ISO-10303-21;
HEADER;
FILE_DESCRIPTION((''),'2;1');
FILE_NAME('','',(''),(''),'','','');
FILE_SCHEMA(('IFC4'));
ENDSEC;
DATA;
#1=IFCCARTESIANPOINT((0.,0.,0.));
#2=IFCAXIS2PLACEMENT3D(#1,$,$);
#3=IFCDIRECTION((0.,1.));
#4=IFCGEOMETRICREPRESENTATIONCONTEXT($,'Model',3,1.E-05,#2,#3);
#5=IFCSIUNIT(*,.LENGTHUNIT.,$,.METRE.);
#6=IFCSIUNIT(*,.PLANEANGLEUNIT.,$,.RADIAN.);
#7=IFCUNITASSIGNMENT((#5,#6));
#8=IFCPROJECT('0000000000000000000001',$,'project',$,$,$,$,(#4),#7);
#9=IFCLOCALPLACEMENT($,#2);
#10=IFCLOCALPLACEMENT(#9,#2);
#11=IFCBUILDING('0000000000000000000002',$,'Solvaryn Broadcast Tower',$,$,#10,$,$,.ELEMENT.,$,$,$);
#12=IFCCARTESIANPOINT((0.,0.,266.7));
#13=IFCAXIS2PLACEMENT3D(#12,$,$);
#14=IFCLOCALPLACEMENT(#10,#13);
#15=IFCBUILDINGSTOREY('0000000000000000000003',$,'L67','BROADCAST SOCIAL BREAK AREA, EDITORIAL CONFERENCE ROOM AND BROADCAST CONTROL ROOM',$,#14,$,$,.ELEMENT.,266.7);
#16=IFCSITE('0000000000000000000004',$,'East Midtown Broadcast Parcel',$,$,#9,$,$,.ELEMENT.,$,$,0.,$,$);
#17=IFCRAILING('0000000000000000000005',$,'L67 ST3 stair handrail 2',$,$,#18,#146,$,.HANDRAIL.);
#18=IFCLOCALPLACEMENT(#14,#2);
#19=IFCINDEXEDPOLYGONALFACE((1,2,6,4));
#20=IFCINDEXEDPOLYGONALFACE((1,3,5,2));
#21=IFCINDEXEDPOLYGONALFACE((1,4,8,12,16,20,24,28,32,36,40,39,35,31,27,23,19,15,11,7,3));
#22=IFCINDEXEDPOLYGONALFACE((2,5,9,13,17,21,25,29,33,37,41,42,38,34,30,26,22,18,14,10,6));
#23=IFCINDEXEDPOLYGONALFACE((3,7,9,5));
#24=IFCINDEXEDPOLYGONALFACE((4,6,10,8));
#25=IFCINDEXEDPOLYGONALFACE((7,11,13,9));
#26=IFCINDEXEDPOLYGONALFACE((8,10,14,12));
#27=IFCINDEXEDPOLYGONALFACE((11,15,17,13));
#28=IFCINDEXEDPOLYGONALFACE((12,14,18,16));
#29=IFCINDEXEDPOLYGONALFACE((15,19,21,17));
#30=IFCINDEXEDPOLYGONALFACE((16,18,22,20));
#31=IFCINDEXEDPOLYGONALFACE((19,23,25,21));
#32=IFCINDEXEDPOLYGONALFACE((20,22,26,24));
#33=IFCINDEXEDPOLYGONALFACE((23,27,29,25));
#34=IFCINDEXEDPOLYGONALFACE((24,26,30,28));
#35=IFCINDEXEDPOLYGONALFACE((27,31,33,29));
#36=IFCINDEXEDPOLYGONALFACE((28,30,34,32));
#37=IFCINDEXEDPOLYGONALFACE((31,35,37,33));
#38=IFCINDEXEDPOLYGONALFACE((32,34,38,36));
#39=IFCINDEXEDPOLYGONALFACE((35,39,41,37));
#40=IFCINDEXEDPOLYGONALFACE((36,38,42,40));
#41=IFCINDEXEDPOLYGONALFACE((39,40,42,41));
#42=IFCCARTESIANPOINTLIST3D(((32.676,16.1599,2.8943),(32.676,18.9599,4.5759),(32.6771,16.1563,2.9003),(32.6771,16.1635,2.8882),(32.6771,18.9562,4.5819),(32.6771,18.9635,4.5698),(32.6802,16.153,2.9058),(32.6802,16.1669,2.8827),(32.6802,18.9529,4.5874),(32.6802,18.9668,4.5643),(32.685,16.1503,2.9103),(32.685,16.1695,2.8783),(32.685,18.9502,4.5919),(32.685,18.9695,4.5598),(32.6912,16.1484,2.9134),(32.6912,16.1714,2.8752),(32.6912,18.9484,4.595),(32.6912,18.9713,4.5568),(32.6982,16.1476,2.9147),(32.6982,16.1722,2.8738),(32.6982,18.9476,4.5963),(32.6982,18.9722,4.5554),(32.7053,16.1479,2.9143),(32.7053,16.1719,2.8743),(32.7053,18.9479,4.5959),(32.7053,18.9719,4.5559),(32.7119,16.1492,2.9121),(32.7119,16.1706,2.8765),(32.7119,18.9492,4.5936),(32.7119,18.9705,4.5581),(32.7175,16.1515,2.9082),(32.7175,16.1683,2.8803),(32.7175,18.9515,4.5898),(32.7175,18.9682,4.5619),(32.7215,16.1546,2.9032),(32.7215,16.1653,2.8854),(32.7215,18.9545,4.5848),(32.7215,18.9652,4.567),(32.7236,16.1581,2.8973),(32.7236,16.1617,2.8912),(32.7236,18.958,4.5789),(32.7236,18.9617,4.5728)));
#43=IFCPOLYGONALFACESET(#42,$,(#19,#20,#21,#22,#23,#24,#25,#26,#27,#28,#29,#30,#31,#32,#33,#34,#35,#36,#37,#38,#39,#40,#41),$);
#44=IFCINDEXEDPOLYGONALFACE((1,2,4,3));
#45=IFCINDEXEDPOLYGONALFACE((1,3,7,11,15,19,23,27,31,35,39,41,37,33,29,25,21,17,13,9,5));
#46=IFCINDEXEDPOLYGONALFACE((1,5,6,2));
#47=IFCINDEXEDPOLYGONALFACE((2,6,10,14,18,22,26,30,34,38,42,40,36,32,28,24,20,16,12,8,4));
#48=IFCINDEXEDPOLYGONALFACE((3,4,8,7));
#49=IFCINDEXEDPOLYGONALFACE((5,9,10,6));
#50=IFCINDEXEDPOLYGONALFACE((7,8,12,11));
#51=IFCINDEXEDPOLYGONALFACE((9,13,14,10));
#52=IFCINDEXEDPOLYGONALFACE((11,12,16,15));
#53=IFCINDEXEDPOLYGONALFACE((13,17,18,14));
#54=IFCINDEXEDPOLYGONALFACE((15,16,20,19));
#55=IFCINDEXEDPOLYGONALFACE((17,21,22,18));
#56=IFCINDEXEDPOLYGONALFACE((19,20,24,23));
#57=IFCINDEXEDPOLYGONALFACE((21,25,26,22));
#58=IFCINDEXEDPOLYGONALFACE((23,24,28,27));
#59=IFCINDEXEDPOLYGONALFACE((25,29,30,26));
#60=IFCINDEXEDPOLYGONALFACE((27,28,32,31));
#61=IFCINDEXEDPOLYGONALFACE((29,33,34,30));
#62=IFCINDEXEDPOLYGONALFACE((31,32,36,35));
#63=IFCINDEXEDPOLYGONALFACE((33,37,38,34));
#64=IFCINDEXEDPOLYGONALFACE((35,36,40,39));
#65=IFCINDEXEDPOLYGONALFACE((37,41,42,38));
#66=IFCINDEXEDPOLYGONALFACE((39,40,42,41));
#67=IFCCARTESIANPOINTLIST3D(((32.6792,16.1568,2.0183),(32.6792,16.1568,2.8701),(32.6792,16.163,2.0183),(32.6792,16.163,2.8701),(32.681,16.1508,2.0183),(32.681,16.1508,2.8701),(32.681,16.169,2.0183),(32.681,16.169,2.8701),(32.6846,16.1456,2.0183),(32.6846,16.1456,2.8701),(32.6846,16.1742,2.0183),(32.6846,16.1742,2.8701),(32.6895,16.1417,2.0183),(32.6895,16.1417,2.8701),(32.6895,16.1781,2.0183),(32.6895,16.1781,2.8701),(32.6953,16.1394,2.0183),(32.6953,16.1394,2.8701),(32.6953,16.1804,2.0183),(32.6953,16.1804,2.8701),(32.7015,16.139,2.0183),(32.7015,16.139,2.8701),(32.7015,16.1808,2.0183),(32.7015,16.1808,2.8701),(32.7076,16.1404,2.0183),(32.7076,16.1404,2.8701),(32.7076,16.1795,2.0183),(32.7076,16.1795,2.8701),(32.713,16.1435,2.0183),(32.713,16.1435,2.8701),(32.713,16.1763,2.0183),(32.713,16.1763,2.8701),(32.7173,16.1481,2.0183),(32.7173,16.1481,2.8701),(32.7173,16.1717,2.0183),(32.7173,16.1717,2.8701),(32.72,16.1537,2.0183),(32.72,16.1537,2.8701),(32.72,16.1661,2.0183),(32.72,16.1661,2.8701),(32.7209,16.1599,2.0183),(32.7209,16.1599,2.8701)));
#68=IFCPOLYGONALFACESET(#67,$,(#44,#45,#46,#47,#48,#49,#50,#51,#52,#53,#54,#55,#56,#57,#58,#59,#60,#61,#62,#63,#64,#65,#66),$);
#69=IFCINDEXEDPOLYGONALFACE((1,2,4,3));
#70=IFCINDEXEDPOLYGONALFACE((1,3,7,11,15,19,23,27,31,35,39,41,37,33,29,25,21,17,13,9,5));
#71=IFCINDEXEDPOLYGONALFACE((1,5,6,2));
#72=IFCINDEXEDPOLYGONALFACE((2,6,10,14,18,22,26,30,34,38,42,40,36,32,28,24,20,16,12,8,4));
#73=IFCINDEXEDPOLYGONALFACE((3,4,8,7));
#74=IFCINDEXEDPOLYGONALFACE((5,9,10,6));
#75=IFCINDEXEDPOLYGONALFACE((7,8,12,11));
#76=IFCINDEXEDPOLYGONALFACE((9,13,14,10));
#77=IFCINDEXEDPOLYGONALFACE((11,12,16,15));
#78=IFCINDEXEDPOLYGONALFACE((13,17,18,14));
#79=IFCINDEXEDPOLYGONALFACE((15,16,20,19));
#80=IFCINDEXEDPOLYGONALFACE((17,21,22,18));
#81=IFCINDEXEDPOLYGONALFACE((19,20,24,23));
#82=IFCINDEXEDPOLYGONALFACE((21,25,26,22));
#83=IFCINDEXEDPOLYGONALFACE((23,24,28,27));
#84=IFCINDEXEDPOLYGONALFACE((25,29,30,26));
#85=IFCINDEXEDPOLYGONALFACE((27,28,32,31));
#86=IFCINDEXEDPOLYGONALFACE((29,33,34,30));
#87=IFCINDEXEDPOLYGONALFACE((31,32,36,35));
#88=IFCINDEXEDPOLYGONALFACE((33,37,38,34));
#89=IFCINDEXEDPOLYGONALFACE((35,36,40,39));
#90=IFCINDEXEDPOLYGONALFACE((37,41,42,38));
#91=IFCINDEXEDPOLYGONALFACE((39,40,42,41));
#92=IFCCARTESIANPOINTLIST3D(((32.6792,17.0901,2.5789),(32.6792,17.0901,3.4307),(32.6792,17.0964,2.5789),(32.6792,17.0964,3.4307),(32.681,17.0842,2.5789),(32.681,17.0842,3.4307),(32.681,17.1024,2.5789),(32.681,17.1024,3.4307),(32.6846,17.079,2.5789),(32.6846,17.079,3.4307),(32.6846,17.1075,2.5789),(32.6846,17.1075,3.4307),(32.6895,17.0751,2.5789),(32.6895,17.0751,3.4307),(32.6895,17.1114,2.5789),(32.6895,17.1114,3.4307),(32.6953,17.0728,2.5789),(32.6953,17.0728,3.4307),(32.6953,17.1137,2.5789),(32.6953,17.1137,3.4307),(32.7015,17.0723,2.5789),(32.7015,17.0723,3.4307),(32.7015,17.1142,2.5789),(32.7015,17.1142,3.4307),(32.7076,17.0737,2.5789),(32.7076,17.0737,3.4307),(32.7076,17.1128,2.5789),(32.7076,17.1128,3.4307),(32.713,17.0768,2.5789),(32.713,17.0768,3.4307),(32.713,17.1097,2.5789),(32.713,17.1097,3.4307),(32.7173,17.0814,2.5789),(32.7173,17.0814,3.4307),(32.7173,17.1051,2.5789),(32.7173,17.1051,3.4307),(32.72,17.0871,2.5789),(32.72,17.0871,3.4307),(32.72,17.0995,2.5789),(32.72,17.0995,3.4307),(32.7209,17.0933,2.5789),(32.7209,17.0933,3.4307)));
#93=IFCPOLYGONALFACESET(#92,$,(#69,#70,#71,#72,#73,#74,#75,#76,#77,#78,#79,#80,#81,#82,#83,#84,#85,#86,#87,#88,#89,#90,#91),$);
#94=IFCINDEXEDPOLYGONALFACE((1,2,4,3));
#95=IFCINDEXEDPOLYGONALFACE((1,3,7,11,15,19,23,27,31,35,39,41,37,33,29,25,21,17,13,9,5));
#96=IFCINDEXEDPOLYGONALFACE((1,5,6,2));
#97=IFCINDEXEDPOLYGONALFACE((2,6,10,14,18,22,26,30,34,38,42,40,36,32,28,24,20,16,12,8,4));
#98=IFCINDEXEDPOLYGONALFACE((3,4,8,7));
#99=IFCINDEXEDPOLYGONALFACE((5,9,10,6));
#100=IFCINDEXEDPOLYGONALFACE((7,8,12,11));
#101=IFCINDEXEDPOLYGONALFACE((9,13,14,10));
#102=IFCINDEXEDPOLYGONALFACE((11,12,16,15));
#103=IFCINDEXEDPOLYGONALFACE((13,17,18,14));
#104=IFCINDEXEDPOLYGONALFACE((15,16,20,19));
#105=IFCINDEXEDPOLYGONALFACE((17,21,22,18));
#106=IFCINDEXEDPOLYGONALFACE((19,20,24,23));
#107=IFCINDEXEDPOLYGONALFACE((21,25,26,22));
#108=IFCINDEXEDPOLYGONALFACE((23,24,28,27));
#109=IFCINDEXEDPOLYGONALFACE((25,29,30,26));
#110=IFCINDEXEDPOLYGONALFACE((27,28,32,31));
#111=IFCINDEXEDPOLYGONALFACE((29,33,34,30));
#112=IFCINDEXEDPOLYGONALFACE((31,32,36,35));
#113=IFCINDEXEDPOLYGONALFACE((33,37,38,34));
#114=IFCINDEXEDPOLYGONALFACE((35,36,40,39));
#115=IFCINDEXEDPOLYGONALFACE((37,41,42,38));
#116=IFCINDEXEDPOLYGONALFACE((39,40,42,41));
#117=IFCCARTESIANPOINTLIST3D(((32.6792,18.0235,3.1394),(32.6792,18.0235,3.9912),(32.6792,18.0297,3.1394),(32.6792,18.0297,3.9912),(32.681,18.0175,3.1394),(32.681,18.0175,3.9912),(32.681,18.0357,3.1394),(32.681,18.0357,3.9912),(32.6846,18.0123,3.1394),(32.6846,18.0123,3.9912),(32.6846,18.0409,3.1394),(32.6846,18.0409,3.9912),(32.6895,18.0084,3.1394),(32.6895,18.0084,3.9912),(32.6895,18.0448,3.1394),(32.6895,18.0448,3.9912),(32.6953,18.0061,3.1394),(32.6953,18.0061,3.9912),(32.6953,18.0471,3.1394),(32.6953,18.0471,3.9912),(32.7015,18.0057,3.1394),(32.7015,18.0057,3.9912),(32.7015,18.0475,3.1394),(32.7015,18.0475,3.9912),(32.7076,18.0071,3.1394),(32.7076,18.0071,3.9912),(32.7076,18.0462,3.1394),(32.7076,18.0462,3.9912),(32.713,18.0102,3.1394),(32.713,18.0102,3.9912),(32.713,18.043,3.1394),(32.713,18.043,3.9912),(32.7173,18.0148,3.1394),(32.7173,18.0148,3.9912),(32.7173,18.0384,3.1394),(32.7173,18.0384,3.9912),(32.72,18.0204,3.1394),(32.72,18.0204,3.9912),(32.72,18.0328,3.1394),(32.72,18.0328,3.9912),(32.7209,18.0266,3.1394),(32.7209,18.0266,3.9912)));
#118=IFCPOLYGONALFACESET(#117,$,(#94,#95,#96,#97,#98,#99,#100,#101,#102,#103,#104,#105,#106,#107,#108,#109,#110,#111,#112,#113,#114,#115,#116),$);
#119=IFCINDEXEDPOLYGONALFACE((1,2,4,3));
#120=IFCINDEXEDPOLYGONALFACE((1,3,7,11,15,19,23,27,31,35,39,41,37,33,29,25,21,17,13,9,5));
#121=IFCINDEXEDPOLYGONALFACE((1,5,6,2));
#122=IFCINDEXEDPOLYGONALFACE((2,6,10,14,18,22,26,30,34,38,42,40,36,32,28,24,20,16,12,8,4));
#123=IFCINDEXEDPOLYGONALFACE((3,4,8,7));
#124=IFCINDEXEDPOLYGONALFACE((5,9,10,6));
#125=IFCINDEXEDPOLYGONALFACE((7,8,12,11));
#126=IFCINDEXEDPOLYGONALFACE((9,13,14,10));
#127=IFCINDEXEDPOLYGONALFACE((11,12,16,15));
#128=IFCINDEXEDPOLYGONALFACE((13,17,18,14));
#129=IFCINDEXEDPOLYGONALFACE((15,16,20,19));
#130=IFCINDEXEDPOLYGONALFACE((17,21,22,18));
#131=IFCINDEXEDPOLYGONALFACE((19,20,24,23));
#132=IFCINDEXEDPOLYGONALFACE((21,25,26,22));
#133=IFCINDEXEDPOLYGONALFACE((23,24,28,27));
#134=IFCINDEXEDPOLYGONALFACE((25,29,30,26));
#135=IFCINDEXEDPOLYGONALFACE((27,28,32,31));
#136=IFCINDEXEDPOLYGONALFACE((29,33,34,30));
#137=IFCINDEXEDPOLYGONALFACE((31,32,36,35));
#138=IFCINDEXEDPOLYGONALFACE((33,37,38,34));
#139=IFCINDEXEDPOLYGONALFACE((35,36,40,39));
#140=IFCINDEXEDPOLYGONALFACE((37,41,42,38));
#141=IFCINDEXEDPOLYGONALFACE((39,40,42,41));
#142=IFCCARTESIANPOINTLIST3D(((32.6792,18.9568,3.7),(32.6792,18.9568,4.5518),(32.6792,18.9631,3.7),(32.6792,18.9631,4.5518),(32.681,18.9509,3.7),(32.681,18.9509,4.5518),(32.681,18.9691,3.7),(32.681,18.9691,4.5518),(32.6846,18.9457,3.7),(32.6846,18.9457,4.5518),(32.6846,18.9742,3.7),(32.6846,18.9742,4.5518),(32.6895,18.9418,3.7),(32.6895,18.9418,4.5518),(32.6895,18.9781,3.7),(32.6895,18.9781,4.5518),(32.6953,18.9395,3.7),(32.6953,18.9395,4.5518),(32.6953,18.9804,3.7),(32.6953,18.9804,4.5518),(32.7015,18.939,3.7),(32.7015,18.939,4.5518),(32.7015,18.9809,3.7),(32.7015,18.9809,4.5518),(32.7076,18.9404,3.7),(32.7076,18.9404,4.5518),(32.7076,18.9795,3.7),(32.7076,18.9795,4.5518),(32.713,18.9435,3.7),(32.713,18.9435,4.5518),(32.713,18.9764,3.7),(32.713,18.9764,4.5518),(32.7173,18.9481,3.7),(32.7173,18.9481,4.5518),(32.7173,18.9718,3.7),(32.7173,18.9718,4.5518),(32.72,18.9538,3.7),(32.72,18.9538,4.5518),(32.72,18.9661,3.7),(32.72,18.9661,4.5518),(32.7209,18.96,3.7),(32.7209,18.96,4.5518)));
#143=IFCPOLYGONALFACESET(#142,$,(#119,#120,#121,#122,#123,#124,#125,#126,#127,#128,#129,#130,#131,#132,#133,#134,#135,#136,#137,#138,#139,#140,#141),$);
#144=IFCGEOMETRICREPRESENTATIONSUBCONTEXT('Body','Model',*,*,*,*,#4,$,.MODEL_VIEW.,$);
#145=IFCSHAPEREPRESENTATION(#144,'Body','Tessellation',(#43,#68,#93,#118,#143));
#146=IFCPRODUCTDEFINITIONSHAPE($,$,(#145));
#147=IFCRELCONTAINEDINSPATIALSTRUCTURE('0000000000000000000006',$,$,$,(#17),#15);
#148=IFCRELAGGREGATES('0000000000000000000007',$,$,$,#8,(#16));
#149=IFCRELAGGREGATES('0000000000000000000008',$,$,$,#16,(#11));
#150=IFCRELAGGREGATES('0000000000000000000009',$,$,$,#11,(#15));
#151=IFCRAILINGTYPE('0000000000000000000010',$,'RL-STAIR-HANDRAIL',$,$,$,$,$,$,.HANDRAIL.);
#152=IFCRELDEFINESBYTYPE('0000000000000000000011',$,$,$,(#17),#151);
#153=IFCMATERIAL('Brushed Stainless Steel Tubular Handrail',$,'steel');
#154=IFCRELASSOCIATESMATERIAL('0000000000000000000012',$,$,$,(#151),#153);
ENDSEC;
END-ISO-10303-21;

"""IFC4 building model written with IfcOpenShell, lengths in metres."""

from ifc_helpers import new_model, si_unit, direction, frame, origin, origin_2d, place, context, subcontext, project, spatial, circle, extrude, material, type_object, element, save


model = new_model("IFC4")

# Units and contexts
model_context = context("Model", 3, precision=1e-05, world=origin(), true_north=direction((0.0, 1.0)))
body_context = subcontext(model_context, "Body", "Model", "MODEL_VIEW")
ifc_project = project(units=[si_unit("LENGTHUNIT", "METRE"), si_unit("PLANEANGLEUNIT", "RADIAN")], contexts=[model_context])

# Site, building, storey
site_placement = place(None, origin())
site = spatial("IfcSite", under=ifc_project, at=site_placement, Name="East Midtown Broadcast Parcel", CompositionType="ELEMENT", RefElevation=0.0)
building_placement = place(site_placement, origin())
building = spatial("IfcBuilding", under=site, at=building_placement, Name="Solvaryn Broadcast Tower", CompositionType="ELEMENT")
storey_placement = place(building_placement, frame((0.0, 0.0, 266.7)))
storey = spatial("IfcBuildingStorey", under=building, at=storey_placement, Name="L67", Description="BROADCAST SOCIAL BREAK AREA, EDITORIAL CONFERENCE ROOM AND BROADCAST CONTROL ROOM", CompositionType="ELEMENT", Elevation=266.7)

# Railing
ifc_material_1 = material(Name="Brushed Stainless Steel Tubular Handrail", Category="steel")
railing_type_1 = type_object("IfcRailingType", Name="RL-STAIR-HANDRAIL", PredefinedType="HANDRAIL", material=ifc_material_1)
railing_1_placement = place(storey_placement, frame((32.7, 16.1599, 2.0183)))
element("IfcRailing", 1, at=railing_1_placement, inside=storey, type_object=railing_type_1, Name="L67 ST3 stair handrail 2", PredefinedType="HANDRAIL", context=body_context, shape_type="SweptSolid", body=[
    extrude(circle(Radius=0.0239, at=origin_2d()), frame((0.0, 0.0, 0.876), z_axis=(0.0, 0.857275, 0.514858), x_axis=(-1.0, 0.0, 0.0)), (0.0, 0.0, 1.0), 3.2661),
    extrude(circle(Radius=0.021, at=origin_2d()), origin(), (0.0, 0.0, 1.0), 0.8518),
    extrude(circle(Radius=0.021, at=origin_2d()), frame((0.0, 0.9333, 0.5605)), (0.0, 0.0, 1.0), 0.8518),
    extrude(circle(Radius=0.021, at=origin_2d()), frame((0.0, 1.8667, 1.1211)), (0.0, 0.0, 1.0), 0.8518),
    extrude(circle(Radius=0.021, at=origin_2d()), frame((0.0, 2.8, 1.6816)), (0.0, 0.0, 1.0), 0.8518),
])

save(model, "model.ifc")
